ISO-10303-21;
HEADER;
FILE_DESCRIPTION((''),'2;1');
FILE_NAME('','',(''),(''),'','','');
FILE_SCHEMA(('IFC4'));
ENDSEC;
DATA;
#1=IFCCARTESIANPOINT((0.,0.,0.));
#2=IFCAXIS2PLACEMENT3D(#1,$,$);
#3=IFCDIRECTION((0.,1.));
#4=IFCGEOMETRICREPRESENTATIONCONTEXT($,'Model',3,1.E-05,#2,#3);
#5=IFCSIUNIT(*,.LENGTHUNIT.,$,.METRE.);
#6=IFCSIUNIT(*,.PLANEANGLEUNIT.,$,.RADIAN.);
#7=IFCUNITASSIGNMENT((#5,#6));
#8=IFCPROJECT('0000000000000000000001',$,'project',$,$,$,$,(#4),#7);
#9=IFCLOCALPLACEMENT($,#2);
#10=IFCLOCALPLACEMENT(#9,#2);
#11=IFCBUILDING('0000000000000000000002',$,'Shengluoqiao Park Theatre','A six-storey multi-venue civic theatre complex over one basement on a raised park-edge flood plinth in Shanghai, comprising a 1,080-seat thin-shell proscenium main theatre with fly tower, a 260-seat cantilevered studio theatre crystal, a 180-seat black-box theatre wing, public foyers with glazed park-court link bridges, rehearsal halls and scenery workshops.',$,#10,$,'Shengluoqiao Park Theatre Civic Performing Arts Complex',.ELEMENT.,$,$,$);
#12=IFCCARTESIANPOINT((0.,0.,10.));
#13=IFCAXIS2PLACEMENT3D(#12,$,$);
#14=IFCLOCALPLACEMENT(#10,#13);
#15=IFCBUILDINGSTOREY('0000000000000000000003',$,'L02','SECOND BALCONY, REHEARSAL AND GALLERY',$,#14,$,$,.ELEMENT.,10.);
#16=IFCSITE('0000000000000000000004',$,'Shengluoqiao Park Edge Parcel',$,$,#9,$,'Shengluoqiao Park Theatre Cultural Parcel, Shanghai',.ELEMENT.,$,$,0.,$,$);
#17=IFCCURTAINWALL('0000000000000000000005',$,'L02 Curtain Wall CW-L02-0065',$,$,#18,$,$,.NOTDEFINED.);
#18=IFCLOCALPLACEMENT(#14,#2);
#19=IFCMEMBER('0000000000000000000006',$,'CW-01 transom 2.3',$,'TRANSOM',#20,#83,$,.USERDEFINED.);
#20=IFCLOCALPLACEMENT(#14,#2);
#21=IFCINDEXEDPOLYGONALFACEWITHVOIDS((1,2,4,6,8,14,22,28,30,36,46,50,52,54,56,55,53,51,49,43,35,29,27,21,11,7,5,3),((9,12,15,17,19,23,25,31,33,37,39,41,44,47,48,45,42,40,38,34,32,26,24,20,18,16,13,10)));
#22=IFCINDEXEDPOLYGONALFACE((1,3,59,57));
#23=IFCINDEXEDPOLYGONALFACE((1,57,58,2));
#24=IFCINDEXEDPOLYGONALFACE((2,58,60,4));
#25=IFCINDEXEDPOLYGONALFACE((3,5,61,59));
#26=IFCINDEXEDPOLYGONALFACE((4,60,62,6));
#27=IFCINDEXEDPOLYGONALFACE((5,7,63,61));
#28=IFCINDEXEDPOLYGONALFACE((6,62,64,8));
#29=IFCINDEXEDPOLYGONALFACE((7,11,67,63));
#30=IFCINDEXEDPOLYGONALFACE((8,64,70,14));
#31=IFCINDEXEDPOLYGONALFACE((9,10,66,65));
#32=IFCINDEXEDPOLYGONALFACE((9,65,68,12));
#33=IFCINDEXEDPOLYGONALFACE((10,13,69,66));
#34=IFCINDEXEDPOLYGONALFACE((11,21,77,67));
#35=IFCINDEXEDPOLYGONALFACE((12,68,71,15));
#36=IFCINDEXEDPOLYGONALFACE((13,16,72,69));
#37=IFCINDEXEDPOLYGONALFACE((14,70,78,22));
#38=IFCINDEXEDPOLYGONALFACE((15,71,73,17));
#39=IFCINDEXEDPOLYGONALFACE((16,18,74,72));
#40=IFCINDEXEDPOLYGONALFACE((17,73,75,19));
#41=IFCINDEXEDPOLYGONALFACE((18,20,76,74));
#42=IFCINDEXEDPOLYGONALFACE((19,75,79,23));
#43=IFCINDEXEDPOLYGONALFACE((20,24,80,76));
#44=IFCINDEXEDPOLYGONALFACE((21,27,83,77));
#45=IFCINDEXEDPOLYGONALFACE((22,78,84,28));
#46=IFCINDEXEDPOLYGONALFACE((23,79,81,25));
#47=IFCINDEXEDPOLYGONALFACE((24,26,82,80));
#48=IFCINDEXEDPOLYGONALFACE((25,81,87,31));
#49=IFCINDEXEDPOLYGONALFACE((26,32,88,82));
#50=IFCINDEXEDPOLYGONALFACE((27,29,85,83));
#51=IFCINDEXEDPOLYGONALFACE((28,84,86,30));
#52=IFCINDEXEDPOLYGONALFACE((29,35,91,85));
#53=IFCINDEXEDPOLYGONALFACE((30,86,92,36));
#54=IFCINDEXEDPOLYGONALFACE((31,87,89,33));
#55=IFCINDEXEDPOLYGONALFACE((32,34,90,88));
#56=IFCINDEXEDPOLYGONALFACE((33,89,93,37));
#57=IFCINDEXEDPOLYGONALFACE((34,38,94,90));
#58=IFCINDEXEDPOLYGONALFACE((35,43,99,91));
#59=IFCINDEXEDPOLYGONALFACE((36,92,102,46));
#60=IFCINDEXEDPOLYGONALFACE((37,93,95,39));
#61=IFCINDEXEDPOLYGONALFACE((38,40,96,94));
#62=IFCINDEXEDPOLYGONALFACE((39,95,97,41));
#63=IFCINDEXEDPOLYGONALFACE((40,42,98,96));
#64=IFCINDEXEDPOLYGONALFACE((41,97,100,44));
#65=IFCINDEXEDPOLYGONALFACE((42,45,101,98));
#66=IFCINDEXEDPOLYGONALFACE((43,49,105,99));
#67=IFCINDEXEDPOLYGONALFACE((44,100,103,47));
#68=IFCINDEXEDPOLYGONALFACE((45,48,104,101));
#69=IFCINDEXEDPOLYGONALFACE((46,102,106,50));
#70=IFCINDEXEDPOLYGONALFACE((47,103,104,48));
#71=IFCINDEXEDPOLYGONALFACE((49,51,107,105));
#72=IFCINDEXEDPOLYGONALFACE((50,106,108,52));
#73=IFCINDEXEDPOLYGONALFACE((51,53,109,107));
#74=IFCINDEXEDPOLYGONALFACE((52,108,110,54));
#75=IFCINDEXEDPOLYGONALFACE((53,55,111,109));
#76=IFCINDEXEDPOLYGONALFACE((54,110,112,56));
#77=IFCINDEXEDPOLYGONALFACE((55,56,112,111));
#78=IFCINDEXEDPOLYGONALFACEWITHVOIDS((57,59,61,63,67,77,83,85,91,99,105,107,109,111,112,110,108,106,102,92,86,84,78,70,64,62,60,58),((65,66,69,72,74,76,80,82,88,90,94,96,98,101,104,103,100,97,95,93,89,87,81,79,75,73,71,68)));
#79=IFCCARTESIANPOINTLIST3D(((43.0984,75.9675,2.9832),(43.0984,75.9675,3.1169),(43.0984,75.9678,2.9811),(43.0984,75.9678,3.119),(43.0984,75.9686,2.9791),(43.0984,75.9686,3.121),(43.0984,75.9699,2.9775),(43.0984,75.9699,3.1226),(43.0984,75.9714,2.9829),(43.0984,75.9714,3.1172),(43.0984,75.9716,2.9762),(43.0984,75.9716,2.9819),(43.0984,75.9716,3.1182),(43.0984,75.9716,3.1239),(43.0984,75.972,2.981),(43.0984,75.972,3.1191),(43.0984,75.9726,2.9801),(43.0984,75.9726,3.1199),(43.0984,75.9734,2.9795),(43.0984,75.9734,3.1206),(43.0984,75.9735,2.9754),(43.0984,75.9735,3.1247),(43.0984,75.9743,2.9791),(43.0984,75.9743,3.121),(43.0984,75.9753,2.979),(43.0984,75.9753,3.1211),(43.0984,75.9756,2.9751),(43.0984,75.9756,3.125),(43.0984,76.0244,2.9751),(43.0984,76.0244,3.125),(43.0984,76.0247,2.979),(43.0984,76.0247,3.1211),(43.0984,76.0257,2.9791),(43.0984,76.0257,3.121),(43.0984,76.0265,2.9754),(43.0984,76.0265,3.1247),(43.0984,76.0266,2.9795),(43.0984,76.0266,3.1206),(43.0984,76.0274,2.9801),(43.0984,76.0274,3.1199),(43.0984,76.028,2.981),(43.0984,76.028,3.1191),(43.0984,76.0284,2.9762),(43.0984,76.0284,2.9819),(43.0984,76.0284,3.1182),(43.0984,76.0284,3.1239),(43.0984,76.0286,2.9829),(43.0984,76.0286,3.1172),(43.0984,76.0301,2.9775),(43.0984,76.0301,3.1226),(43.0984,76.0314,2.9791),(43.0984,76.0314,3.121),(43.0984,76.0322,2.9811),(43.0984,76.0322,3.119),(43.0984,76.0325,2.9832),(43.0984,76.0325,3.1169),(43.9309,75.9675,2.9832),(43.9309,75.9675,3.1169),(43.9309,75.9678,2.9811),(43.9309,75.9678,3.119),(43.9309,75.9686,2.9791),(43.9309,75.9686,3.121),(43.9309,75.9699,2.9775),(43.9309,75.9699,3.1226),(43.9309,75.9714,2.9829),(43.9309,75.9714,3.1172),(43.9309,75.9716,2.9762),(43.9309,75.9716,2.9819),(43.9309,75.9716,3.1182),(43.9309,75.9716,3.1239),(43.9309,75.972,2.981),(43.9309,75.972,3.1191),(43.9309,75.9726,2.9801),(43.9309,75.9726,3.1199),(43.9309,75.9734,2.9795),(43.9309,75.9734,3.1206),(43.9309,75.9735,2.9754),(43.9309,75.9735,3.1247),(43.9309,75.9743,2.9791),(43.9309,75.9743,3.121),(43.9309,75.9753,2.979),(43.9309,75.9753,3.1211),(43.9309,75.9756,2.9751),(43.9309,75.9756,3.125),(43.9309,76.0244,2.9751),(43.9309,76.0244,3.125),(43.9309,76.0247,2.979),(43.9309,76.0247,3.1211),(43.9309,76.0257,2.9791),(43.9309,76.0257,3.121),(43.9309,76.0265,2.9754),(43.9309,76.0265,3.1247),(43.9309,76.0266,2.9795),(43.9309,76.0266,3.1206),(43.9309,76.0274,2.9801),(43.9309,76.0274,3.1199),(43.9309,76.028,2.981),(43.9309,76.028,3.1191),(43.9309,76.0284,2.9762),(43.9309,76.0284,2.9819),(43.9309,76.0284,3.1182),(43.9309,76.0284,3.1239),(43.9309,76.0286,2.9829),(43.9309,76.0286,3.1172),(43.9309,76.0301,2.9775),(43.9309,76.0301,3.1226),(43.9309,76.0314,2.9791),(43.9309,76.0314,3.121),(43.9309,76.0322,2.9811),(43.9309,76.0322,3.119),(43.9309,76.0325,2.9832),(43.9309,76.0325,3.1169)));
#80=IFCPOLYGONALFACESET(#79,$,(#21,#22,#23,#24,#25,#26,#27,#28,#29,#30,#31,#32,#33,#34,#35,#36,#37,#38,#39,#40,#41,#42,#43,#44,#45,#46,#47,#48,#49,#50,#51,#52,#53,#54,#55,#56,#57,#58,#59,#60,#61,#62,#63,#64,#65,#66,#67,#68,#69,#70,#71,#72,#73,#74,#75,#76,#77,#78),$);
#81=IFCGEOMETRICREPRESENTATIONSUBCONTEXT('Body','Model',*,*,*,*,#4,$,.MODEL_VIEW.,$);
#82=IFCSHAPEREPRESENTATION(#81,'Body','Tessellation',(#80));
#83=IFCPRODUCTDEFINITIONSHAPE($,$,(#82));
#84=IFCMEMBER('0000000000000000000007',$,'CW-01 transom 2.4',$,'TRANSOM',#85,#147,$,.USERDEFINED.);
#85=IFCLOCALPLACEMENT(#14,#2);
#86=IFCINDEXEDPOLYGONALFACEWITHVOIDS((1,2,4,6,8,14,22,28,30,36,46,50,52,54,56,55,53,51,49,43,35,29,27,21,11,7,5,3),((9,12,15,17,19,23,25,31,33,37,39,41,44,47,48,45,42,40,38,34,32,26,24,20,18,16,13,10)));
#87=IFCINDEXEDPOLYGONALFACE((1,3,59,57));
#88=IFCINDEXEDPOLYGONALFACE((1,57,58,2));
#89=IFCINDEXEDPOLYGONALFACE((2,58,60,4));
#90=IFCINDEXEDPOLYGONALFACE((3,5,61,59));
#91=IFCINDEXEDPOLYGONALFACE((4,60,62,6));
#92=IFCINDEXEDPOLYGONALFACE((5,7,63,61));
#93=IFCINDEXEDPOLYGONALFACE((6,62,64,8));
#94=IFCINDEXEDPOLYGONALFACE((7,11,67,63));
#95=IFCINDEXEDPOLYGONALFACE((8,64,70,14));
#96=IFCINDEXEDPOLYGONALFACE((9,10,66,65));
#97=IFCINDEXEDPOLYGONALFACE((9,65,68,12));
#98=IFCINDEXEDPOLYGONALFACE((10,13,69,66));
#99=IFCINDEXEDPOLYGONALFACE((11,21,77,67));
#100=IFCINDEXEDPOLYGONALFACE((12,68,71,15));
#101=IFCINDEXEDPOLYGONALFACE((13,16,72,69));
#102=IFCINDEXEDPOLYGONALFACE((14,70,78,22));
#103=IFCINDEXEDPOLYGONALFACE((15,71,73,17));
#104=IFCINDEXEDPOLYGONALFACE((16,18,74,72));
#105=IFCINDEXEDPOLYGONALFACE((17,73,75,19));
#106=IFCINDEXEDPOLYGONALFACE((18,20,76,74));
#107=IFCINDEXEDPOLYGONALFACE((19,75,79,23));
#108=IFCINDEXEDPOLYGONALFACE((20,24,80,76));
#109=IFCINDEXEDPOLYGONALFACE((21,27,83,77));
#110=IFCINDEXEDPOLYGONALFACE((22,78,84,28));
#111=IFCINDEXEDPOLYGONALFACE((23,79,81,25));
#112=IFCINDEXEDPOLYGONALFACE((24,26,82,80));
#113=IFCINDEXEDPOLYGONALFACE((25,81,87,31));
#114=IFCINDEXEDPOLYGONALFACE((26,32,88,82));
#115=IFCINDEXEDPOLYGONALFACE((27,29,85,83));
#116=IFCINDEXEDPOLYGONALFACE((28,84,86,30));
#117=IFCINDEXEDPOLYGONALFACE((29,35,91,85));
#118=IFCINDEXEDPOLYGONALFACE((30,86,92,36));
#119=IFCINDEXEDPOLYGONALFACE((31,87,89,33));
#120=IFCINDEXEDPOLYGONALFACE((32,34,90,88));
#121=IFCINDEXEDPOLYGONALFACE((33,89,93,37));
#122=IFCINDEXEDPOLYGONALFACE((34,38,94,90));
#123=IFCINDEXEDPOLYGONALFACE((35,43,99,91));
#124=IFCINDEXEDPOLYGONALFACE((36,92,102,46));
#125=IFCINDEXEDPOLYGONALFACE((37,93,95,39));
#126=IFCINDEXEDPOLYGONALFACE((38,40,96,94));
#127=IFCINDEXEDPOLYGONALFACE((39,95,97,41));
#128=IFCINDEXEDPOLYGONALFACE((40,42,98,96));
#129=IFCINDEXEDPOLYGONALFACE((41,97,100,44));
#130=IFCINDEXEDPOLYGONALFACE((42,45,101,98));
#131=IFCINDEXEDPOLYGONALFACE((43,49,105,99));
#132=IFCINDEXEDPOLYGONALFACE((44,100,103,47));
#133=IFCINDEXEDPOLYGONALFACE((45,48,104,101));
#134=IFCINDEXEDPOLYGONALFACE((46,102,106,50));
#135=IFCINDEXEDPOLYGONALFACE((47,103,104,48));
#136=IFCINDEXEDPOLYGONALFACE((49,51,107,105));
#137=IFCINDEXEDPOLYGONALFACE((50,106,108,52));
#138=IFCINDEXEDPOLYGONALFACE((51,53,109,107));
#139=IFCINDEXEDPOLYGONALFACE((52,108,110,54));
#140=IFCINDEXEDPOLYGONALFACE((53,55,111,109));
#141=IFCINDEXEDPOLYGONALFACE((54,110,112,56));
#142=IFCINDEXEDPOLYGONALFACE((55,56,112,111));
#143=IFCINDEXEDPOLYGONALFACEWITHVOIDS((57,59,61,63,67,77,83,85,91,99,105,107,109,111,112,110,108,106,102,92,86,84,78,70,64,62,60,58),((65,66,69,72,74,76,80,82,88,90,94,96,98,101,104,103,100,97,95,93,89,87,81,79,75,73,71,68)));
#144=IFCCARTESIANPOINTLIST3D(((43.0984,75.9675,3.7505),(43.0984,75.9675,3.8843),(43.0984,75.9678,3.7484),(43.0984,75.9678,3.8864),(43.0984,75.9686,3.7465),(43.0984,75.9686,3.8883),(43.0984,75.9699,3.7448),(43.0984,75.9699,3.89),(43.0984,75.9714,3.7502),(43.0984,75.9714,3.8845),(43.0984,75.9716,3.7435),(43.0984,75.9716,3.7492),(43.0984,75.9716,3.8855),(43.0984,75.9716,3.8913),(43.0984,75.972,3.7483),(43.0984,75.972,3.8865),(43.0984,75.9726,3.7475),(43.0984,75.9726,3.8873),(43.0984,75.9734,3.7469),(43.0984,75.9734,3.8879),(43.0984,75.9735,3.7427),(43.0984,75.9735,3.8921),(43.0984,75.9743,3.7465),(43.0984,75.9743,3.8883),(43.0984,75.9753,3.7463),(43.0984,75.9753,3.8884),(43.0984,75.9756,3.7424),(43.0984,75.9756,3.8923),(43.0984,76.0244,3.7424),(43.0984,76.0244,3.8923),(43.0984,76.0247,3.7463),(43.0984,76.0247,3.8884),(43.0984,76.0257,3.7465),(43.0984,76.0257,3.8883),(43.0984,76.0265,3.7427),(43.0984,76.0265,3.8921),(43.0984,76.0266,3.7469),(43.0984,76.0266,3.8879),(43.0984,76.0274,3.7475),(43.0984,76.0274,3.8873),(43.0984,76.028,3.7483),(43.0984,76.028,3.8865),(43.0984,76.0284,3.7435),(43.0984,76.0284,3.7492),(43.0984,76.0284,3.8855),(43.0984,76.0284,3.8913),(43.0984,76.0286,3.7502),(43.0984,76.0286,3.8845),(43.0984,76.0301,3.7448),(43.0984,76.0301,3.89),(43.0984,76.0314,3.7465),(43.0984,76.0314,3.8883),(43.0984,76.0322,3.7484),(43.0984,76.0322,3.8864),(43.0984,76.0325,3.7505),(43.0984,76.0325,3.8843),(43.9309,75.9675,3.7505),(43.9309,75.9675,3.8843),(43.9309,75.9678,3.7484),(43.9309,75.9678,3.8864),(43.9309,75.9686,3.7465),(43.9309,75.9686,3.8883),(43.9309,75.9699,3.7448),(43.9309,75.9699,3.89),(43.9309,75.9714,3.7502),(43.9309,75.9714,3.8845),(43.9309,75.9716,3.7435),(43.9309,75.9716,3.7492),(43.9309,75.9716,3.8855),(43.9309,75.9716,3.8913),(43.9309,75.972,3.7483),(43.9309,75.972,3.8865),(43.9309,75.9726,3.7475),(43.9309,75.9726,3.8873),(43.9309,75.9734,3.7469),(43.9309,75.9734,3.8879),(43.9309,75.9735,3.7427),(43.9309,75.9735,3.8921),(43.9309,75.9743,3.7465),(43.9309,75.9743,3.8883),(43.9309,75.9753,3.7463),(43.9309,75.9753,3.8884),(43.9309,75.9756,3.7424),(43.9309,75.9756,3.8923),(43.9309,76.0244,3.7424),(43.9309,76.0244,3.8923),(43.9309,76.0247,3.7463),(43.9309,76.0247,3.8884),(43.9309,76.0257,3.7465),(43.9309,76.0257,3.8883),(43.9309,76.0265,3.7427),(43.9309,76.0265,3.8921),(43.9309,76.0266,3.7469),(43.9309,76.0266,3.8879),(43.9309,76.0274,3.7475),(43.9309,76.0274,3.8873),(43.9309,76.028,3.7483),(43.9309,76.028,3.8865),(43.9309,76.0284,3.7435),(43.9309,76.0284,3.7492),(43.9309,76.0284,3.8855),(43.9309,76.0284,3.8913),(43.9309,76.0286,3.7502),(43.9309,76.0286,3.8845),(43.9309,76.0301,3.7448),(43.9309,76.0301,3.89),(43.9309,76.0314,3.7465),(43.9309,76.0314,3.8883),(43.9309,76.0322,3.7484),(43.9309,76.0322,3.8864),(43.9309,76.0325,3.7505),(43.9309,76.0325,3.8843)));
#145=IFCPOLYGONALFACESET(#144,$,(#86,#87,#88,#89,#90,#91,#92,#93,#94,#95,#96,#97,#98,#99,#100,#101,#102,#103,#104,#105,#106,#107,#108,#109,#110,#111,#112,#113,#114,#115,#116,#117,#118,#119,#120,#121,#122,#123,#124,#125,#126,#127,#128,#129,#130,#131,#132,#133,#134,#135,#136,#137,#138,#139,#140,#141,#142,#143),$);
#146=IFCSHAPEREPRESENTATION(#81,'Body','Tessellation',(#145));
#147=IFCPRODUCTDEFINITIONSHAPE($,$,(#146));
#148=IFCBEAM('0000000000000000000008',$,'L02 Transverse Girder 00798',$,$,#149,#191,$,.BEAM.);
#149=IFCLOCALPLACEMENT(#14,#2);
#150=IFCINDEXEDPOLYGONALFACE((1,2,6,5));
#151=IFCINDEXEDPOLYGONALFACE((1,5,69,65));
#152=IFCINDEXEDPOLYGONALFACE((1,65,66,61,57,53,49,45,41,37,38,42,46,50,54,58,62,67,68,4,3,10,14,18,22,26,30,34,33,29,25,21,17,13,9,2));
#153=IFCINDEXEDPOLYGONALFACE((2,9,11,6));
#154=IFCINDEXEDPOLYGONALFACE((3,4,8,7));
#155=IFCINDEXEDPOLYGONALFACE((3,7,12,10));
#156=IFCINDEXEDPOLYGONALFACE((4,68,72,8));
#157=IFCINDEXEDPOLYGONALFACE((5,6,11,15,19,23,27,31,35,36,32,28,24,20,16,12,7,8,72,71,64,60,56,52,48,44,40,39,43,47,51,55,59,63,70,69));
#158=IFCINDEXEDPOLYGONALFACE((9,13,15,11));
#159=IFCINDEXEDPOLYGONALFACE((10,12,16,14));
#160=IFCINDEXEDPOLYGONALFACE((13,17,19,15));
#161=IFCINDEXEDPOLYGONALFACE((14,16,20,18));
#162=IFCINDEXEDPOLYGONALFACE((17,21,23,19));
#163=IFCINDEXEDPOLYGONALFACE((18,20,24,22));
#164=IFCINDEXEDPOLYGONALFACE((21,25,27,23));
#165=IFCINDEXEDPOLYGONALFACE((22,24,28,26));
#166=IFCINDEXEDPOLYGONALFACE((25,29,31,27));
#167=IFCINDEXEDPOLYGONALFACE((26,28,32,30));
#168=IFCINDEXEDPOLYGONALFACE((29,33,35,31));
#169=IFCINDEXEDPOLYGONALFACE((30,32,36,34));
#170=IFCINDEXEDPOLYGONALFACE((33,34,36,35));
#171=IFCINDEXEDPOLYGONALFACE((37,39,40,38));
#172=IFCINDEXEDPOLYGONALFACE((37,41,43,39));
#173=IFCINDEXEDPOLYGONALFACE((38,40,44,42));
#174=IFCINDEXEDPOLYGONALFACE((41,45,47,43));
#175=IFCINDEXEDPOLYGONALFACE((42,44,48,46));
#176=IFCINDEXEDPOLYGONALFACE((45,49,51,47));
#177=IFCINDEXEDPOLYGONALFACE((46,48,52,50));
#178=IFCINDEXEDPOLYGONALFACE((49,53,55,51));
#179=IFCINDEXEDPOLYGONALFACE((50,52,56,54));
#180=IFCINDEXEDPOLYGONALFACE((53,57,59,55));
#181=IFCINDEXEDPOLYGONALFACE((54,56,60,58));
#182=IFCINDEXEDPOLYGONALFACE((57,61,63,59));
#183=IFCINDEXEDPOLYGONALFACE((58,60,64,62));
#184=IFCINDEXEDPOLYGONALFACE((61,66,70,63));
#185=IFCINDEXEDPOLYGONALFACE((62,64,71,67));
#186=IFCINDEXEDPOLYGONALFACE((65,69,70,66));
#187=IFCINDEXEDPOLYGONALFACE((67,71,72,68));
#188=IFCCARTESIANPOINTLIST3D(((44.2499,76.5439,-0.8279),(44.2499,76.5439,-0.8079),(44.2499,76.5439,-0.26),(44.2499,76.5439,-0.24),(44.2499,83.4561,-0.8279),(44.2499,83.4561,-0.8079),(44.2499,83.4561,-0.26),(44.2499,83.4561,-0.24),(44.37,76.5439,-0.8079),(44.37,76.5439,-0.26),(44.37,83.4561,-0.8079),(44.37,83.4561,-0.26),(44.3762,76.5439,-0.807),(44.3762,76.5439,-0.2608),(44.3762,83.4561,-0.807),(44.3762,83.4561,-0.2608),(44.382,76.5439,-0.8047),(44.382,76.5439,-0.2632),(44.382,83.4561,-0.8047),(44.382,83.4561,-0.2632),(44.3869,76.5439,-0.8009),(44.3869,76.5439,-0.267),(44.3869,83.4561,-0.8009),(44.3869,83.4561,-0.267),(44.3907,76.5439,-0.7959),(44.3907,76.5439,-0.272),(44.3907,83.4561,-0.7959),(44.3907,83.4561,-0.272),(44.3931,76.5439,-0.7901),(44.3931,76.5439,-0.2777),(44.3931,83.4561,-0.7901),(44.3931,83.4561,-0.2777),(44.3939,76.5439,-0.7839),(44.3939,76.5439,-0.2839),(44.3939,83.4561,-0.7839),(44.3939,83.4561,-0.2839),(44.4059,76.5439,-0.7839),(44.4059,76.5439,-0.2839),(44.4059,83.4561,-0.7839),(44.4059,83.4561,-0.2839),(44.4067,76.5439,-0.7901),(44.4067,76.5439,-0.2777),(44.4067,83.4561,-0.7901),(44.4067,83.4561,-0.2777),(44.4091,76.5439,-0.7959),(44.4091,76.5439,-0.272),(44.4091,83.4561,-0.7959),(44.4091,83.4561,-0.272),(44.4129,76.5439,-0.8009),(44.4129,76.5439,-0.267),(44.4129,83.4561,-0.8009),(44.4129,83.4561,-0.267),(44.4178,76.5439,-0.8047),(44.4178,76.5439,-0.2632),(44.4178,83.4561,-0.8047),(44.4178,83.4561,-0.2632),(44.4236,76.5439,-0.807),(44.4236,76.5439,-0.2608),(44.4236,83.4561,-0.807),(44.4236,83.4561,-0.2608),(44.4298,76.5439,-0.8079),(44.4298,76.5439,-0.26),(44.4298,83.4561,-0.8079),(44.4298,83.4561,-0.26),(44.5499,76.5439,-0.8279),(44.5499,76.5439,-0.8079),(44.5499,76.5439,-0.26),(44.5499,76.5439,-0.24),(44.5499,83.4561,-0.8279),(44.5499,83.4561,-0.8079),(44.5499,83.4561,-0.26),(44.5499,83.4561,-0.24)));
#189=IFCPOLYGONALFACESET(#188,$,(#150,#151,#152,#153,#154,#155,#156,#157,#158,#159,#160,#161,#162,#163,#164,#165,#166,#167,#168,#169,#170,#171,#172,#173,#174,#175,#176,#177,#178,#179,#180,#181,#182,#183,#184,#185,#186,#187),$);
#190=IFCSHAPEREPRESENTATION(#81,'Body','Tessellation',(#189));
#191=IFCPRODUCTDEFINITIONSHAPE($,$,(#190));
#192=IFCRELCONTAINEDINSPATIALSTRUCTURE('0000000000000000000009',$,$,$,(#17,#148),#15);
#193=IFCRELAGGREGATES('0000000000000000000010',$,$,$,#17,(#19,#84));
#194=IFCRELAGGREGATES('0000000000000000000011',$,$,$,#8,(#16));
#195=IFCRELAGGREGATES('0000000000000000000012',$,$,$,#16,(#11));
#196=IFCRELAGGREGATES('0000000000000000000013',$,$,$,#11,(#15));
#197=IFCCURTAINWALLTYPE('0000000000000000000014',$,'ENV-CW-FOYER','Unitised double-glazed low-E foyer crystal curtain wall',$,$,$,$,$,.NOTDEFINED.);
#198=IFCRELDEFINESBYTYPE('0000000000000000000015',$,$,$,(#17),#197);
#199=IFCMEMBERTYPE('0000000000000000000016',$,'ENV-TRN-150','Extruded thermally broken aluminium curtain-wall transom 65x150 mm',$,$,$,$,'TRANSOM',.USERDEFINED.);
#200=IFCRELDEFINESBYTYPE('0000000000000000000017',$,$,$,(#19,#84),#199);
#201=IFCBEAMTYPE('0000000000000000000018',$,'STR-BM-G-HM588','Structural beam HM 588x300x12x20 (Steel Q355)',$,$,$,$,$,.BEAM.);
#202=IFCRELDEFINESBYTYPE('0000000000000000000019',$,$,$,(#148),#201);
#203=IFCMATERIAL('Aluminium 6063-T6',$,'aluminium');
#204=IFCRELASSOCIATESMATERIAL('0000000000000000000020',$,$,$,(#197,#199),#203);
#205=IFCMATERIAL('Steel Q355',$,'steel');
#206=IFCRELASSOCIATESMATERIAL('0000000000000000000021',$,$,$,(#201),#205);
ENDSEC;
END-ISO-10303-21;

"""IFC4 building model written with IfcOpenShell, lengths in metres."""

from ifc_helpers import new_model, si_unit, direction, frame, origin, origin_2d, place, context, subcontext, project, spatial, hollow_rectangle, i_section, extrude, material, material_profile, profile_set, type_object, element, aggregate, save


model = new_model("IFC4")

# Units and contexts
model_context = context("Model", 3, precision=1e-05, world=origin(), true_north=direction((0.0, 1.0)))
body_context = subcontext(model_context, "Body", "Model", "MODEL_VIEW")
ifc_project = project(units=[si_unit("LENGTHUNIT", "METRE"), si_unit("PLANEANGLEUNIT", "RADIAN")], contexts=[model_context])

# Site, building, storey
site_placement = place(None, origin())
site = spatial("IfcSite", under=ifc_project, at=site_placement, Name="Shengluoqiao Park Edge Parcel", LongName="Shengluoqiao Park Theatre Cultural Parcel, Shanghai", CompositionType="ELEMENT", RefElevation=0.0)
building_placement = place(site_placement, origin())
building = spatial("IfcBuilding", under=site, at=building_placement, Name="Shengluoqiao Park Theatre", Description="A six-storey multi-venue civic theatre complex over one basement on a raised park-edge flood plinth in Shanghai, comprising a 1,080-seat thin-shell proscenium main theatre with fly tower, a 260-seat cantilevered studio theatre crystal, a 180-seat black-box theatre wing, public foyers with glazed park-court link bridges, rehearsal halls and scenery workshops.", LongName="Shengluoqiao Park Theatre Civic Performing Arts Complex", CompositionType="ELEMENT")
storey_placement = place(building_placement, frame((0.0, 0.0, 10.0)))
storey = spatial("IfcBuildingStorey", under=building, at=storey_placement, Name="L02", Description="SECOND BALCONY, REHEARSAL AND GALLERY", CompositionType="ELEMENT", Elevation=10.0)

# Shared definitions
ifc_material_1 = material(Name="Aluminium 6063-T6", Category="aluminium")

# Curtain wall
curtain_wall_type_1 = type_object("IfcCurtainWallType", Name="ENV-CW-FOYER", Description="Unitised double-glazed low-E foyer crystal curtain wall", PredefinedType="NOTDEFINED", material=ifc_material_1)
curtain_wall_1_placement = place(storey_placement, origin())
curtain_wall_1 = element("IfcCurtainWall", 1, at=curtain_wall_1_placement, inside=storey, type_object=curtain_wall_type_1, Name="L02 Curtain Wall CW-L02-0065", PredefinedType="NOTDEFINED")

# Members
ifc_material_profile_1 = material_profile(ifc_material_1, hollow_rectangle(XDim=0.0649, YDim=0.1499, WallThickness=0.0039, InnerFilletRadius=0.0039, OuterFilletRadius=0.0081, at=origin_2d()), Name="ALU TRANSOM 150x65x4")
ifc_profile_set_1 = profile_set([ifc_material_profile_1], Name="Aluminium 6063-T6")
member_type_1 = type_object("IfcMemberType", Name="ENV-TRN-150", Description="Extruded thermally broken aluminium curtain-wall transom 65x150 mm", ElementType="TRANSOM", PredefinedType="USERDEFINED", material=ifc_profile_set_1)
member_1_placement = place(storey_placement, frame((43.0984, 76.0, 3.05), z_axis=(1.0, 0.0, 0.0), x_axis=(0.0, 1.0, 0.0)))
member_1 = element("IfcMember", 2, at=member_1_placement, type_object=member_type_1, Name="CW-01 transom 2.3", ObjectType="TRANSOM", PredefinedType="USERDEFINED", context=body_context, shape_type="SweptSolid", body=[
    extrude(hollow_rectangle(XDim=0.0649, YDim=0.1499, WallThickness=0.0039, InnerFilletRadius=0.0039, OuterFilletRadius=0.0081, at=origin_2d()), origin(), (0.0, 0.0, 1.0), 0.8325),
])
member_2_placement = place(storey_placement, frame((43.0984, 76.0, 3.8174), z_axis=(1.0, 0.0, 0.0), x_axis=(0.0, 1.0, 0.0)))
member_2 = element("IfcMember", 3, at=member_2_placement, type_object=member_type_1, Name="CW-01 transom 2.4", ObjectType="TRANSOM", PredefinedType="USERDEFINED", context=body_context, shape_type="SweptSolid", body=[
    extrude(hollow_rectangle(XDim=0.0649, YDim=0.1499, WallThickness=0.0039, InnerFilletRadius=0.0039, OuterFilletRadius=0.0081, at=origin_2d()), origin(), (0.0, 0.0, 1.0), 0.8325),
])

# Beam
ifc_material_2 = material(Name="Steel Q355", Category="steel")
ifc_material_profile_2 = material_profile(ifc_material_2, i_section(OverallWidth=0.3, OverallDepth=0.5879, WebThickness=0.012, FlangeThickness=0.02, FilletRadius=0.0239, at=origin_2d()), Name="HM 588x300x12x20")
ifc_profile_set_2 = profile_set([ifc_material_profile_2], Name="Steel Q355")
beam_type = type_object("IfcBeamType", Name="STR-BM-G-HM588", Description="Structural beam HM 588x300x12x20 (Steel Q355)", PredefinedType="BEAM", material=ifc_profile_set_2)
beam_1_placement = place(storey_placement, frame((44.3999, 76.5439, -0.5339), z_axis=(0.0, 1.0, 0.0), x_axis=(-1.0, 0.0, 0.0)))
element("IfcBeam", 4, at=beam_1_placement, inside=storey, type_object=beam_type, Name="L02 Transverse Girder 00798", PredefinedType="BEAM", context=body_context, shape_type="SweptSolid", body=[
    extrude(i_section(OverallWidth=0.3, OverallDepth=0.5879, WebThickness=0.012, FlangeThickness=0.02, FilletRadius=0.0239, at=origin_2d()), origin(), (0.0, 0.0, 1.0), 6.9121),
])

aggregate(curtain_wall_1, [member_1, member_2])

save(model, "model.ifc")
